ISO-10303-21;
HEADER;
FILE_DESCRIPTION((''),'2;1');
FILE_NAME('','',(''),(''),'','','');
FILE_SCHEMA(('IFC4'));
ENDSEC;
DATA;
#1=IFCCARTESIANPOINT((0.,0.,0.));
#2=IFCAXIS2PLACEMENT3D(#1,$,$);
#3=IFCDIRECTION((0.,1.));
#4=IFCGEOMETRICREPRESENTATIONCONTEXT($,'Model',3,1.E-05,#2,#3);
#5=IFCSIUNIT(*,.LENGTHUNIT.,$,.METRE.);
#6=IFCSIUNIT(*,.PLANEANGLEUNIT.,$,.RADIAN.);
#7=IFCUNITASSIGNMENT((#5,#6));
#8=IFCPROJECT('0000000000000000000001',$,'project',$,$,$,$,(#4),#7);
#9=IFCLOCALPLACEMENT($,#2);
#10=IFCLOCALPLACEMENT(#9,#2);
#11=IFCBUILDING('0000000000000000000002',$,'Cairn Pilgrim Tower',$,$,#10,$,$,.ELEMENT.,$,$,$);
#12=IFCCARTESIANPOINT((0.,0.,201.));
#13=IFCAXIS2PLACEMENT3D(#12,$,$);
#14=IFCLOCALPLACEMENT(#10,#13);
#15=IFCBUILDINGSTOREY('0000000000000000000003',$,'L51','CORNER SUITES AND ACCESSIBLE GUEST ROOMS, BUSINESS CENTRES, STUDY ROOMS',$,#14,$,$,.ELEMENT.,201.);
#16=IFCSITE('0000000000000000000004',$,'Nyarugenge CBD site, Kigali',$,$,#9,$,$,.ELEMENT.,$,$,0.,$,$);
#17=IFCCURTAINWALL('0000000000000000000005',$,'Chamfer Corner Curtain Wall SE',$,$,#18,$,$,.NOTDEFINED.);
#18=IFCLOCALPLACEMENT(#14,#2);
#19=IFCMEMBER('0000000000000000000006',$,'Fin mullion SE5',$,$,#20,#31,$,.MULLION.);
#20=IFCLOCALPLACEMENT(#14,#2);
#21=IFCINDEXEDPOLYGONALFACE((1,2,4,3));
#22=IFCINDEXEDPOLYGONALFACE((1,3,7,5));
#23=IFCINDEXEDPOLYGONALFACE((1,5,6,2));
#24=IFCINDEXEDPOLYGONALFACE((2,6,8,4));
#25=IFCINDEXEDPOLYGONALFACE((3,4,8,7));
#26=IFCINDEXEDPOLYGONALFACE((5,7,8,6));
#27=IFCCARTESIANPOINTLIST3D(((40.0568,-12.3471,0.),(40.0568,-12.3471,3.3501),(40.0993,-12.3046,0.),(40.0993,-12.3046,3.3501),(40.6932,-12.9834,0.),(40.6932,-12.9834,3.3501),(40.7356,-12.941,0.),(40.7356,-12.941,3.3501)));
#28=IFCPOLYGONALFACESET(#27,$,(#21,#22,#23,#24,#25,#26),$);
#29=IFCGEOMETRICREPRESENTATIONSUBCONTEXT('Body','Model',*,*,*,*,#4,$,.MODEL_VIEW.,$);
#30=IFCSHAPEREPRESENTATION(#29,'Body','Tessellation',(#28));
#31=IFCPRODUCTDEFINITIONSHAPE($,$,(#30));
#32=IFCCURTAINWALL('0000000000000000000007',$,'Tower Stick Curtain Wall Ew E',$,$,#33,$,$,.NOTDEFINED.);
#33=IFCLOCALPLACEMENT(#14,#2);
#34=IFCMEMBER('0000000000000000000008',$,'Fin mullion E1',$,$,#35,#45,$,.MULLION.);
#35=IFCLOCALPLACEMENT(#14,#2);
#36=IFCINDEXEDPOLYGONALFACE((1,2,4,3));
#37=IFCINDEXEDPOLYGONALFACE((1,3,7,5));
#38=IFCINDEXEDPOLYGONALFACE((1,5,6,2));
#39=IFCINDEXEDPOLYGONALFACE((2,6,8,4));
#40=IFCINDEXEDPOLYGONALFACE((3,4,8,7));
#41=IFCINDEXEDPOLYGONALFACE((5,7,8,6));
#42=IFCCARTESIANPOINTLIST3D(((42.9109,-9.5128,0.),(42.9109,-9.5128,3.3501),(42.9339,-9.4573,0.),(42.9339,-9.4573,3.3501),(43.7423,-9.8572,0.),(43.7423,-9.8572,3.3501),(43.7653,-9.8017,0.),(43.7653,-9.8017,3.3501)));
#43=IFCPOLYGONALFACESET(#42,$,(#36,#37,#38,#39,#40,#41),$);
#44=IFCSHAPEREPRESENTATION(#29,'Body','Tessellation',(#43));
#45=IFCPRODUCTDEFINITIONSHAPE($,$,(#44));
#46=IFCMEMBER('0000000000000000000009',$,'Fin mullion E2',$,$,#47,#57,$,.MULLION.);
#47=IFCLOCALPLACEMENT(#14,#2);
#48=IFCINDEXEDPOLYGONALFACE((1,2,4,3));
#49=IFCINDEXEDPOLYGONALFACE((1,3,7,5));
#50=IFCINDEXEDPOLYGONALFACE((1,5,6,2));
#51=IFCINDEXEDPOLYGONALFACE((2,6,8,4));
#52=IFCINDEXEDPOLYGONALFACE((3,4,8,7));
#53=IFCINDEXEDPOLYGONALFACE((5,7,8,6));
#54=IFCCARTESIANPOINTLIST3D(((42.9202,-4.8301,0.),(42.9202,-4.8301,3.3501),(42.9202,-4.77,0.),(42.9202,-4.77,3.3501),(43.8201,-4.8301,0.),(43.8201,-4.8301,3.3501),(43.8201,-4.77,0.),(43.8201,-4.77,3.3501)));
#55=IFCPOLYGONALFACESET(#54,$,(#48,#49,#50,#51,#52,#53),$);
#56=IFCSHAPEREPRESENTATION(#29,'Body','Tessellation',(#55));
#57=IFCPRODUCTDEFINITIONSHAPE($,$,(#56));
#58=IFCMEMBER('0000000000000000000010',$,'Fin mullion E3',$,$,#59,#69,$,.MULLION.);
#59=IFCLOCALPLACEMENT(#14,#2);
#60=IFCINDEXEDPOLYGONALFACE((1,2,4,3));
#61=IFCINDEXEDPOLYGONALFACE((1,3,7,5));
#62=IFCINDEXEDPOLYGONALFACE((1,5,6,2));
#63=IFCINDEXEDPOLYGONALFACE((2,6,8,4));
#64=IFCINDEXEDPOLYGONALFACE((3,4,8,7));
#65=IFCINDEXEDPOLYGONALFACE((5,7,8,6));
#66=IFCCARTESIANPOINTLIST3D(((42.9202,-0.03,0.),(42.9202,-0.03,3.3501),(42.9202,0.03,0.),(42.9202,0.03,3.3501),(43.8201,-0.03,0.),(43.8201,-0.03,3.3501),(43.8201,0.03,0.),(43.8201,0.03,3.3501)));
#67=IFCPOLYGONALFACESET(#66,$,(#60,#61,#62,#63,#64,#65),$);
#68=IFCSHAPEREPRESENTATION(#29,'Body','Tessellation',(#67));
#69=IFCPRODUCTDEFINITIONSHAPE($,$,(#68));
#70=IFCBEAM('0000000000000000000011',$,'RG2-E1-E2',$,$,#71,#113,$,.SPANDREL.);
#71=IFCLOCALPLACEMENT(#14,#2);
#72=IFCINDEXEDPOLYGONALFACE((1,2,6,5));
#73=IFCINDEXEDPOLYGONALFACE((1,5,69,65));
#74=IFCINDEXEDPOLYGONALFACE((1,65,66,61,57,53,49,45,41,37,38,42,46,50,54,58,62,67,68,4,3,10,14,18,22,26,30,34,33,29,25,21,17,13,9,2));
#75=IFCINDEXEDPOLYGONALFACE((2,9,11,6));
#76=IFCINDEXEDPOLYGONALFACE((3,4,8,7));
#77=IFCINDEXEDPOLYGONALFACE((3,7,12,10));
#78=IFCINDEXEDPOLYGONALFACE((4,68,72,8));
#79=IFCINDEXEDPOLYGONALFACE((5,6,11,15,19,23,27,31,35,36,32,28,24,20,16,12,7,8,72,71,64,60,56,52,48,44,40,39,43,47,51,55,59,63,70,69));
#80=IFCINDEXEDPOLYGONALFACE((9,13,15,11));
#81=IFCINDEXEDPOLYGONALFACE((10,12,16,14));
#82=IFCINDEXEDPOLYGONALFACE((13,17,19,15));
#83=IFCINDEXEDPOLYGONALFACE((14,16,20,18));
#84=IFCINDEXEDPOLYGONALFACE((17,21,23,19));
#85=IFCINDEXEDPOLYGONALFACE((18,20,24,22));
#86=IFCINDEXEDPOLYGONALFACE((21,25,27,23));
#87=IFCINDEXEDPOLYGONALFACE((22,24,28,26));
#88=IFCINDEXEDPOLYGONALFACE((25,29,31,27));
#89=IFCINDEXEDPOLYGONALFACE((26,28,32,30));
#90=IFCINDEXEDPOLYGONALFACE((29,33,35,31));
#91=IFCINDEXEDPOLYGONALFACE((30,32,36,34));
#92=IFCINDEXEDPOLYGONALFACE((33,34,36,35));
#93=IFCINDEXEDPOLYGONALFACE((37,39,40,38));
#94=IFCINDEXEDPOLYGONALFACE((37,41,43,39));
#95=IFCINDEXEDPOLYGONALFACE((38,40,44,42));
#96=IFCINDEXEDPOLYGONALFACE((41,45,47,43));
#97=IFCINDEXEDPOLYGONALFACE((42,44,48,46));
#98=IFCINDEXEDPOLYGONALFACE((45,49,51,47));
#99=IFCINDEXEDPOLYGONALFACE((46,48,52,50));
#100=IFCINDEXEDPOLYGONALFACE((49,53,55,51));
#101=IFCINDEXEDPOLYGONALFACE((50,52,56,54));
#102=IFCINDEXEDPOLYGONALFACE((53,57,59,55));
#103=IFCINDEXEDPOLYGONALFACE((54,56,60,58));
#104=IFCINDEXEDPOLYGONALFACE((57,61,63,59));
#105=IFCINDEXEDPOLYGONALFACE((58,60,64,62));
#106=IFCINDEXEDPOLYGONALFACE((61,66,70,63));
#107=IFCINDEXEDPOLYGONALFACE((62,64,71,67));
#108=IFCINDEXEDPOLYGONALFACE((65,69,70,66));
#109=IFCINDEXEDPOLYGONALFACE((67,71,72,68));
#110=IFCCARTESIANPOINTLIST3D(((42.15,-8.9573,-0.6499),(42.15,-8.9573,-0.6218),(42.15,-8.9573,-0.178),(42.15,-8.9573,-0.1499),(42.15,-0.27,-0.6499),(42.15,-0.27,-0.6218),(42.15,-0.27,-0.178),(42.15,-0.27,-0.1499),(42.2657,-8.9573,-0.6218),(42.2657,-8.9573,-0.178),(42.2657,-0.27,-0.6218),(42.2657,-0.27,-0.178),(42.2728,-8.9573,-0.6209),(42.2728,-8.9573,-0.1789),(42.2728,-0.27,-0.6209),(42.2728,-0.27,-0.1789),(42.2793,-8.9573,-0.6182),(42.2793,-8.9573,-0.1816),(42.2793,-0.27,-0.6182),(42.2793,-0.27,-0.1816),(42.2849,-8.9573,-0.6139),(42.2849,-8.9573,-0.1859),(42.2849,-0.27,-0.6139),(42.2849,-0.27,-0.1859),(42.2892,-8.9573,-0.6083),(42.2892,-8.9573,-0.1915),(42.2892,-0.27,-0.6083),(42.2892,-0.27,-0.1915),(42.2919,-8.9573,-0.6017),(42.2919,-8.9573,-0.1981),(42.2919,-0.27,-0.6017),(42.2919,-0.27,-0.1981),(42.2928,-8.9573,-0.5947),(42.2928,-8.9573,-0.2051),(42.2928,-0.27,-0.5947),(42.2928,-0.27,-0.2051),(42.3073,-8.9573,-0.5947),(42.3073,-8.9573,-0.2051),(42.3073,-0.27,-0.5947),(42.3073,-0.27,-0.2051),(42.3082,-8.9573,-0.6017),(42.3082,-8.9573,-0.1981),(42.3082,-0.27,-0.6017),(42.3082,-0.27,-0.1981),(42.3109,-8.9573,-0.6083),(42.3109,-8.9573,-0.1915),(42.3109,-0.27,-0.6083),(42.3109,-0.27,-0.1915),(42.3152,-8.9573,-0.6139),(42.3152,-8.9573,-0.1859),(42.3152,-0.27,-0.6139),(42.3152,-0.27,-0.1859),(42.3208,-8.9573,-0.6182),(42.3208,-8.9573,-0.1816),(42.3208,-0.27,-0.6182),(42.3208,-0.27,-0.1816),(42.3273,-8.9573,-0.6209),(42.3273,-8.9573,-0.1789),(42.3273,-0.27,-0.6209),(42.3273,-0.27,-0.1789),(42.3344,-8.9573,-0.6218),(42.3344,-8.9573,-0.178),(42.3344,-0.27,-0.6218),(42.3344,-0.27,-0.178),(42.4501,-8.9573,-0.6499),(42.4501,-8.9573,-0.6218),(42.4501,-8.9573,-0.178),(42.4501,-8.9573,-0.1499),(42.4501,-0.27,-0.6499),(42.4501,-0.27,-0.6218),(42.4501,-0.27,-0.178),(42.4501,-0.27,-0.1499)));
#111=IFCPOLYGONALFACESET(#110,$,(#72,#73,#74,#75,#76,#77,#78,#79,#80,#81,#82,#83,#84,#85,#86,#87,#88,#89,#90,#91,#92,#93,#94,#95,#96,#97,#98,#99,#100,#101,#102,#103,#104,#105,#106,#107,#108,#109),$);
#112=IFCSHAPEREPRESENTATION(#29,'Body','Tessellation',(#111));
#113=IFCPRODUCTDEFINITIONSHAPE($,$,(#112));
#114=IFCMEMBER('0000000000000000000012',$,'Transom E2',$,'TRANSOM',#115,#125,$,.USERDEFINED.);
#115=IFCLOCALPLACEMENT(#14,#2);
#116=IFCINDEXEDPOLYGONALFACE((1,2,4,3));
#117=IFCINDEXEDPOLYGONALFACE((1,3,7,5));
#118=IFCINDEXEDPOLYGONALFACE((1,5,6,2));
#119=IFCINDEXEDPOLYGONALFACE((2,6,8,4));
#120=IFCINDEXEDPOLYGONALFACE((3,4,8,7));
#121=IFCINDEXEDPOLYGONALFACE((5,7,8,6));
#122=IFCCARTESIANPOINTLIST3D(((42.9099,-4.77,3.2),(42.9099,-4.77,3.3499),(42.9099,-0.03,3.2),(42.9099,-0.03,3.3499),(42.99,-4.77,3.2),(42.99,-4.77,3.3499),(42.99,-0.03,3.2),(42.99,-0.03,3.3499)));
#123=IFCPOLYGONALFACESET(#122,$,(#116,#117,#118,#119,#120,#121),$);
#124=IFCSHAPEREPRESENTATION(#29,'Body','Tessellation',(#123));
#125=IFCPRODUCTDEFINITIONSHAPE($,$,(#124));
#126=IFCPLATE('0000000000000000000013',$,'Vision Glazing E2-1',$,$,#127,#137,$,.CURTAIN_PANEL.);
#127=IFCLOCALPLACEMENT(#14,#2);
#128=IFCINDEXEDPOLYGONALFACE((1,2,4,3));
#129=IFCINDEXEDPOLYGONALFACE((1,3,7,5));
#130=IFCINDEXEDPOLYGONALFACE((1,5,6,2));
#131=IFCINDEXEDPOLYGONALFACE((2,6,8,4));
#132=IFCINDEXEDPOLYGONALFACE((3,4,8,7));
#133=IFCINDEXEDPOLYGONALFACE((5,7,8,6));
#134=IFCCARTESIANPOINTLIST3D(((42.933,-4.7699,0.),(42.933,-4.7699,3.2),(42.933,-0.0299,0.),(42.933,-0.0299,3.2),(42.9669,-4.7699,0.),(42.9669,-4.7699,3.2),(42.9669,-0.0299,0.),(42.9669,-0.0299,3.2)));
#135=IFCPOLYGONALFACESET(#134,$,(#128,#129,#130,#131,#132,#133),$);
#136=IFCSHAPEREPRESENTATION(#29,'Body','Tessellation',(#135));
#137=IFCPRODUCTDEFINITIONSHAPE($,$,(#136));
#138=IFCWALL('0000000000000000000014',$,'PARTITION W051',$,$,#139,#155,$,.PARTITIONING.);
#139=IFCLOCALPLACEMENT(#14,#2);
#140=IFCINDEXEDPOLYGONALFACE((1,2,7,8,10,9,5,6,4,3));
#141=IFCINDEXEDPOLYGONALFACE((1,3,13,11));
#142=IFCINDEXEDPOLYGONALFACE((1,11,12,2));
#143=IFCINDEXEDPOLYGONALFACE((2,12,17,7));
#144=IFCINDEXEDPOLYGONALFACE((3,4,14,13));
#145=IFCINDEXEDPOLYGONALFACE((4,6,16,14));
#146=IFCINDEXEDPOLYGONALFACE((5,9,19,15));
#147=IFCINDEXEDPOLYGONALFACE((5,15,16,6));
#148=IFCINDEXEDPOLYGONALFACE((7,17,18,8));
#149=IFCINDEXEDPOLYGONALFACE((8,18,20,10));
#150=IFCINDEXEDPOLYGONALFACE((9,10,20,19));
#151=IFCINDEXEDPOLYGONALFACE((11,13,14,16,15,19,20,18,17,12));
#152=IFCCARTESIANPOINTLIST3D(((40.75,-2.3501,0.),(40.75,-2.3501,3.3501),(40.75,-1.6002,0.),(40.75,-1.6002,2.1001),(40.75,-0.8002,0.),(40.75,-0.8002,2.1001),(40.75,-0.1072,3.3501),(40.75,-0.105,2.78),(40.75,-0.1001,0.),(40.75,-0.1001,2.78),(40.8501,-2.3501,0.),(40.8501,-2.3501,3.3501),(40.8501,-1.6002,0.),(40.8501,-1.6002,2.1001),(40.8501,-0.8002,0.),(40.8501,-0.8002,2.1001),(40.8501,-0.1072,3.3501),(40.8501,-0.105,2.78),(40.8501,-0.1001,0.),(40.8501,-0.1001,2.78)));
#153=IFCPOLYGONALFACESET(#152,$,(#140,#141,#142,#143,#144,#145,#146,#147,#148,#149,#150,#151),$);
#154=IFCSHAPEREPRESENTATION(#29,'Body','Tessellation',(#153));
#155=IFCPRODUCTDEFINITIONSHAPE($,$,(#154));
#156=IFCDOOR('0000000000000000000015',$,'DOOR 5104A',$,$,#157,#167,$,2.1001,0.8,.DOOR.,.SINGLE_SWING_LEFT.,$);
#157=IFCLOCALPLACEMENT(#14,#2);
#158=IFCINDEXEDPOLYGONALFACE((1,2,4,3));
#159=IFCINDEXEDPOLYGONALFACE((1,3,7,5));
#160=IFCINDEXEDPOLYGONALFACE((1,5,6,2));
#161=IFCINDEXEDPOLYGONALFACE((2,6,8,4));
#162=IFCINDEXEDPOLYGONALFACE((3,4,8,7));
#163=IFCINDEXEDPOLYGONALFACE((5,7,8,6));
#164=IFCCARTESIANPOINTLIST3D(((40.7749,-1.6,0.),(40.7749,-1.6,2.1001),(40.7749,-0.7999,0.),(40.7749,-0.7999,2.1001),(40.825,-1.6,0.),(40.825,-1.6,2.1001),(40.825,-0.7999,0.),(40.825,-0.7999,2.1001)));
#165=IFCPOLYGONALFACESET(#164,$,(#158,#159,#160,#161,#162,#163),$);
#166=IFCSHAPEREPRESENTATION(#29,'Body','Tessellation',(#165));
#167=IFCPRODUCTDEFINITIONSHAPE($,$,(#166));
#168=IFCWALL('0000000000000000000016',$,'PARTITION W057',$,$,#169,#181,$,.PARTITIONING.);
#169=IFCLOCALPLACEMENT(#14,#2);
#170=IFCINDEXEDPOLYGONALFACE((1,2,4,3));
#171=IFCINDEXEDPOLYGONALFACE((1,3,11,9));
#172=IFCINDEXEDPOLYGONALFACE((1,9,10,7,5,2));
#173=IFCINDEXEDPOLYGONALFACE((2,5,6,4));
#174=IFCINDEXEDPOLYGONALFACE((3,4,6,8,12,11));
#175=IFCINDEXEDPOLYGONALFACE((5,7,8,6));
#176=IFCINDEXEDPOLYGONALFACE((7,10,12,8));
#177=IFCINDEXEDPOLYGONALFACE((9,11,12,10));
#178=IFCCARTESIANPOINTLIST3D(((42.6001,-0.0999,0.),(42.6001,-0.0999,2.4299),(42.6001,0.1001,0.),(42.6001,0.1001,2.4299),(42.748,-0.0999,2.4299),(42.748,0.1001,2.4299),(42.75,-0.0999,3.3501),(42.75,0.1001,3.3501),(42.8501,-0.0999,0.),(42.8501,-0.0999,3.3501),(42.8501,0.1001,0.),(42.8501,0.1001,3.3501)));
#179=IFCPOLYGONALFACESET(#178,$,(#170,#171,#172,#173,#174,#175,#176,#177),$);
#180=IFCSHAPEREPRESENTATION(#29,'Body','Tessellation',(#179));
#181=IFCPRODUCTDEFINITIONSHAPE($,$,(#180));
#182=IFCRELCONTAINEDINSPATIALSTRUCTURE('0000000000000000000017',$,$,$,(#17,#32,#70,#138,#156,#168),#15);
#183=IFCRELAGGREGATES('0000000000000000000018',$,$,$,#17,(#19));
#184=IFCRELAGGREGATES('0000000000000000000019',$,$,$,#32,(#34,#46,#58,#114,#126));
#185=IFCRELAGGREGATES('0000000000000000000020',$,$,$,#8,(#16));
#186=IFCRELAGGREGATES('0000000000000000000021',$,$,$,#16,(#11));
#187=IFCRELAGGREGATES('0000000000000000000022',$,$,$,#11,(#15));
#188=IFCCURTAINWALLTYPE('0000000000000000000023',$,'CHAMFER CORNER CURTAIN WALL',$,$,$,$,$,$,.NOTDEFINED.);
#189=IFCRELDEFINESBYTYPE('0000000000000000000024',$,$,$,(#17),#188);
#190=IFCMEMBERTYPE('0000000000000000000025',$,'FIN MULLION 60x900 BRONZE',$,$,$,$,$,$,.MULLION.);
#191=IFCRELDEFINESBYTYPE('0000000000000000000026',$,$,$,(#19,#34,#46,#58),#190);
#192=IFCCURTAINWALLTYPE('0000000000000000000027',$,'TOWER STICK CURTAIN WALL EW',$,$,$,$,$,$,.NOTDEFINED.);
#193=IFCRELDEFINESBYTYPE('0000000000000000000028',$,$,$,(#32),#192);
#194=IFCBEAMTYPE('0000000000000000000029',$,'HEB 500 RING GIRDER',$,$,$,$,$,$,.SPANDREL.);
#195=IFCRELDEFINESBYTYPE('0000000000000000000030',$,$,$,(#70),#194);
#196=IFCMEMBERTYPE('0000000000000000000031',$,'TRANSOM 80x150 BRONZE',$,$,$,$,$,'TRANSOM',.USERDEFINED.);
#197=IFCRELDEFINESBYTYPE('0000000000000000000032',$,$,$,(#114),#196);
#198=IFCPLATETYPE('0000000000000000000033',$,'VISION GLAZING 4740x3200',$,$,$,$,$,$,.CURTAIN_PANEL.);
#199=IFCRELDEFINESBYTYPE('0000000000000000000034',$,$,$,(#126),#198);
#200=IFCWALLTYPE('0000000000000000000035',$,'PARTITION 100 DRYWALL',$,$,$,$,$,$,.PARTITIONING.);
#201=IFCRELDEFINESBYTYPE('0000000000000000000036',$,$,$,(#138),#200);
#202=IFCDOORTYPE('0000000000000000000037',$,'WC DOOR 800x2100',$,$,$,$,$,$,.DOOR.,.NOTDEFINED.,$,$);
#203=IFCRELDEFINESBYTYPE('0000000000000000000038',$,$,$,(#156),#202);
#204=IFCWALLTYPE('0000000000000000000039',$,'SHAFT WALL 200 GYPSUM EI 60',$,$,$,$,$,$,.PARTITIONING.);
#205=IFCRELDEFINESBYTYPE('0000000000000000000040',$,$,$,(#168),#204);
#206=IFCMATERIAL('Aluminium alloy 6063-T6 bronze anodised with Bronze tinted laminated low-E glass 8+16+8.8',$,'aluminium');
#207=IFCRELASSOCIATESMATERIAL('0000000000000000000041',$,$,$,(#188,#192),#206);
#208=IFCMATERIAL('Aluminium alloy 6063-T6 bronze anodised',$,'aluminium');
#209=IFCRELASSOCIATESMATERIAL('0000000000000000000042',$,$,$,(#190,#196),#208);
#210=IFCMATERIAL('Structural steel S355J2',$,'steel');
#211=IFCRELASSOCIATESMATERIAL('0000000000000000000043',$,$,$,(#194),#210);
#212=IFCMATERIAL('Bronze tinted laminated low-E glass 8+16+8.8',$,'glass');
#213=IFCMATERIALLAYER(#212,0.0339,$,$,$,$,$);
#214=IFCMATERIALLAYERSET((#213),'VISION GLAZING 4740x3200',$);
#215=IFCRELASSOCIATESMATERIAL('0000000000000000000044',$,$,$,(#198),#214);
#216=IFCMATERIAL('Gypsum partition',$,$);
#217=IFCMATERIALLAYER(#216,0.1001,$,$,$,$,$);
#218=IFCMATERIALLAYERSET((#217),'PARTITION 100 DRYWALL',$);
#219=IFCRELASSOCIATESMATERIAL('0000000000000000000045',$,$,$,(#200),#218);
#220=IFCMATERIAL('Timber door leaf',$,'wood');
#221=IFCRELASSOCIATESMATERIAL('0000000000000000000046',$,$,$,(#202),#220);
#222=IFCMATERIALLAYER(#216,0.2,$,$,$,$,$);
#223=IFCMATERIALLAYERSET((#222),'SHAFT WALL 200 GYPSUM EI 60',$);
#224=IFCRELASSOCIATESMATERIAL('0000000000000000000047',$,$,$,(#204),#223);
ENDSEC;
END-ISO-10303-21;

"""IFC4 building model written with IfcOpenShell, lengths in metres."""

from ifc_helpers import new_model, si_unit, direction, frame, frame_2d, origin, origin_2d, place, context, subcontext, project, spatial, polyline, rectangle, i_section, outline, extrude, material, layer, layer_set, material_profile, profile_set, type_object, element, fill, aggregate, save


model = new_model("IFC4")

# Units and contexts
model_context = context("Model", 3, precision=1e-05, world=origin(), true_north=direction((0.0, 1.0)))
body_context = subcontext(model_context, "Body", "Model", "MODEL_VIEW")
ifc_project = project(units=[si_unit("LENGTHUNIT", "METRE"), si_unit("PLANEANGLEUNIT", "RADIAN")], contexts=[model_context])

# Site, building, storey
site_placement = place(None, origin())
site = spatial("IfcSite", under=ifc_project, at=site_placement, Name="Nyarugenge CBD site, Kigali", CompositionType="ELEMENT", RefElevation=0.0)
building_placement = place(site_placement, origin())
building = spatial("IfcBuilding", under=site, at=building_placement, Name="Cairn Pilgrim Tower", CompositionType="ELEMENT")
storey_placement = place(building_placement, frame((0.0, 0.0, 201.0)))
storey = spatial("IfcBuildingStorey", under=building, at=storey_placement, Name="L51", Description="CORNER SUITES AND ACCESSIBLE GUEST ROOMS, BUSINESS CENTRES, STUDY ROOMS", CompositionType="ELEMENT", Elevation=201.0)

# Curtain wall, member
ifc_material_1 = material(Name="Aluminium alloy 6063-T6 bronze anodised with Bronze tinted laminated low-E glass 8+16+8.8", Category="aluminium")
curtain_wall_type_1 = type_object("IfcCurtainWallType", Name="CHAMFER CORNER CURTAIN WALL", PredefinedType="NOTDEFINED", material=ifc_material_1)
curtain_wall_1_placement = place(storey_placement, origin())
curtain_wall_1 = element("IfcCurtainWall", 1, at=curtain_wall_1_placement, inside=storey, type_object=curtain_wall_type_1, Name="Chamfer Corner Curtain Wall SE", PredefinedType="NOTDEFINED")
ifc_material_2 = material(Name="Aluminium alloy 6063-T6 bronze anodised", Category="aluminium")
ifc_material_profile_1 = material_profile(ifc_material_2, rectangle(XDim=0.8999, YDim=0.0601, at=origin_2d()), Name="FIN MULLION 60x900 BRONZE")
ifc_profile_set_1 = profile_set([ifc_material_profile_1], Name="Aluminium alloy 6063-T6 bronze anodised")
member_type_1 = type_object("IfcMemberType", Name="FIN MULLION 60x900 BRONZE", PredefinedType="MULLION", material=ifc_profile_set_1)
member_1_placement = place(storey_placement, frame((40.3962, -12.644, 0.0), z_axis=(0.0, 0.0, 1.0), x_axis=(0.707107, -0.707107, 0.0)))
member_1 = element("IfcMember", 2, at=member_1_placement, type_object=member_type_1, Name="Fin mullion SE5", PredefinedType="MULLION", context=body_context, shape_type="SweptSolid", body=[
    extrude(rectangle(XDim=0.8999, YDim=0.0601, at=origin_2d()), origin(), (0.0, 0.0, 1.0), 3.3501),
])
aggregate(curtain_wall_1, [member_1])

# Curtain wall, members
curtain_wall_type_2 = type_object("IfcCurtainWallType", Name="TOWER STICK CURTAIN WALL EW", PredefinedType="NOTDEFINED", material=ifc_material_1)
curtain_wall_2_placement = place(storey_placement, origin())
curtain_wall_2 = element("IfcCurtainWall", 3, at=curtain_wall_2_placement, inside=storey, type_object=curtain_wall_type_2, Name="Tower Stick Curtain Wall Ew E", PredefinedType="NOTDEFINED")
member_2_placement = place(storey_placement, frame((43.3381, -9.6572, 0.0), z_axis=(0.0, 0.0, 1.0), x_axis=(0.92388, -0.382683, 0.0)))
member_2 = element("IfcMember", 4, at=member_2_placement, type_object=member_type_1, Name="Fin mullion E1", PredefinedType="MULLION", context=body_context, shape_type="SweptSolid", body=[
    extrude(rectangle(XDim=0.8999, YDim=0.0601, at=origin_2d()), origin(), (0.0, 0.0, 1.0), 3.3501),
])
member_3_placement = place(storey_placement, frame((43.3701, -4.8, 0.0), z_axis=(0.0, 0.0, 1.0), x_axis=(1.0, 0.0, 0.0)))
member_3 = element("IfcMember", 5, at=member_3_placement, type_object=member_type_1, Name="Fin mullion E2", PredefinedType="MULLION", context=body_context, shape_type="SweptSolid", body=[
    extrude(rectangle(XDim=0.8999, YDim=0.0601, at=origin_2d()), origin(), (0.0, 0.0, 1.0), 3.3501),
])
member_4_placement = place(storey_placement, frame((43.3701, 0.0, 0.0), z_axis=(0.0, 0.0, 1.0), x_axis=(1.0, 0.0, 0.0)))
member_4 = element("IfcMember", 6, at=member_4_placement, type_object=member_type_1, Name="Fin mullion E3", PredefinedType="MULLION", context=body_context, shape_type="SweptSolid", body=[
    extrude(rectangle(XDim=0.8999, YDim=0.0601, at=origin_2d()), origin(), (0.0, 0.0, 1.0), 3.3501),
])

# Beam
ifc_material_3 = material(Name="Structural steel S355J2", Category="steel")
ifc_material_profile_2 = material_profile(ifc_material_3, i_section(OverallWidth=0.3, OverallDepth=0.5, WebThickness=0.0144, FlangeThickness=0.0281, FilletRadius=0.0271, at=origin_2d()), Name="HEB 500")
ifc_profile_set_2 = profile_set([ifc_material_profile_2], Name="Structural steel S355J2")
beam_type = type_object("IfcBeamType", Name="HEB 500 RING GIRDER", PredefinedType="SPANDREL", material=ifc_profile_set_2)
beam_placement = place(storey_placement, frame((42.3, -8.9573, -0.3999), z_axis=(0.0, 1.0, 0.0), x_axis=(-1.0, 0.0, 0.0)))
element("IfcBeam", 7, at=beam_placement, inside=storey, type_object=beam_type, Name="RG2-E1-E2", PredefinedType="SPANDREL", context=body_context, shape_type="SweptSolid", body=[
    extrude(i_section(OverallWidth=0.3, OverallDepth=0.5, WebThickness=0.0144, FlangeThickness=0.0281, FilletRadius=0.0271, at=origin_2d()), origin(), (0.0, 0.0, 1.0), 8.6873),
])

# Member
ifc_material_profile_3 = material_profile(ifc_material_2, rectangle(XDim=0.0801, YDim=0.1499, at=origin_2d()), Name="TRANSOM 80x150 BRONZE")
ifc_profile_set_3 = profile_set([ifc_material_profile_3], Name="Aluminium alloy 6063-T6 bronze anodised")
member_type_2 = type_object("IfcMemberType", Name="TRANSOM 80x150 BRONZE", ElementType="TRANSOM", PredefinedType="USERDEFINED", material=ifc_profile_set_3)
member_5_placement = place(storey_placement, frame((42.95, -4.77, 3.2749), z_axis=(0.0, 1.0, 0.0), x_axis=(-1.0, 0.0, 0.0)))
member_5 = element("IfcMember", 8, at=member_5_placement, type_object=member_type_2, Name="Transom E2", ObjectType="TRANSOM", PredefinedType="USERDEFINED", context=body_context, shape_type="SweptSolid", body=[
    extrude(rectangle(XDim=0.0801, YDim=0.1499, at=origin_2d()), origin(), (0.0, 0.0, 1.0), 4.74),
])

# Plate
ifc_material_4 = material(Name="Bronze tinted laminated low-E glass 8+16+8.8", Category="glass")
ifc_layer_1 = layer(ifc_material_4, 0.0339)
ifc_layer_set_1 = layer_set([ifc_layer_1], Name="VISION GLAZING 4740x3200")
plate_type = type_object("IfcPlateType", Name="VISION GLAZING 4740x3200", PredefinedType="CURTAIN_PANEL", material=ifc_layer_set_1)
plate_placement = place(storey_placement, frame((42.95, -2.3999, 0.0), z_axis=(0.0, 0.0, 1.0), x_axis=(0.0, 1.0, 0.0)))
plate = element("IfcPlate", 9, at=plate_placement, type_object=plate_type, Name="Vision Glazing E2-1", PredefinedType="CURTAIN_PANEL", context=body_context, shape_type="SweptSolid", body=[
    extrude(rectangle(XDim=4.74, YDim=0.0339, at=origin_2d()), origin(), (0.0, 0.0, 1.0), 3.2),
])
aggregate(curtain_wall_2, [member_2, member_3, member_4, member_5, plate])

# Wall, opening, door
ifc_material_5 = material(Name="Gypsum partition")
ifc_layer_2 = layer(ifc_material_5, 0.1001)
ifc_layer_set_2 = layer_set([ifc_layer_2], Name="PARTITION 100 DRYWALL")
wall_type_1 = type_object("IfcWallType", Name="PARTITION 100 DRYWALL", PredefinedType="PARTITIONING", material=ifc_layer_set_2)
wall_1_placement = place(storey_placement, frame((40.8, -2.3501, 0.0), z_axis=(0.0, 0.0, 1.0), x_axis=(0.0, 1.0, 0.0)))
wall_1 = element("IfcWall", 10, at=wall_1_placement, inside=storey, type_object=wall_type_1, Name="PARTITION W051", PredefinedType="PARTITIONING", context=body_context, shape_type="SweptSolid", body=[
    extrude(outline(polyline([(0.0, 0.0), (2.25, 0.0), (2.25, 2.78), (2.2451, 2.78), (2.2429, 3.3501), (0.0, 3.3501), (0.0, 0.0)])), frame((0.0, 0.05, 0.0), z_axis=(0.0, -1.0, 0.0), x_axis=(1.0, 0.0, 0.0)), (0.0, 0.0, 1.0), 0.1001),
])
opening_1_placement = place(wall_1_placement, frame((0.75, 0.0, 0.0)))
opening_1 = element("IfcOpeningElement", 11, at=opening_1_placement, cuts=wall_1, PredefinedType="OPENING", context=body_context, shape_type="SweptSolid", body=[
    extrude(rectangle(XDim=0.8, YDim=2.1001, at=frame_2d((0.3999, 1.05))), frame((0.0, 0.0601, 0.0), z_axis=(0.0, -1.0, 0.0), x_axis=(1.0, 0.0, 0.0)), (0.0, 0.0, 1.0), 0.1201),
])
ifc_material_6 = material(Name="Timber door leaf", Category="wood")
door_type_1 = type_object("IfcDoorType", Name="WC DOOR 800x2100", OperationType="NOTDEFINED", PredefinedType="DOOR", material=ifc_material_6)
door_1_placement = place(opening_1_placement, frame((0.8, 0.0, 0.0), z_axis=(0.0, 0.0, 1.0), x_axis=(-1.0, 0.0, 0.0)))
door_1 = element("IfcDoor", 12, at=door_1_placement, inside=storey, type_object=door_type_1, Name="DOOR 5104A", OperationType="SINGLE_SWING_LEFT", OverallHeight=2.1001, OverallWidth=0.8, PredefinedType="DOOR", context=body_context, shape_type="SweptSolid", body=[
    extrude(rectangle(XDim=0.8, YDim=2.1001, at=frame_2d((0.3999, 1.05))), frame((0.0, 0.0249, 0.0), z_axis=(0.0, -1.0, 0.0), x_axis=(1.0, 0.0, 0.0)), (0.0, 0.0, 1.0), 0.05),
])
fill(opening_1, door_1)

# Wall
ifc_layer_3 = layer(ifc_material_5, 0.2)
ifc_layer_set_3 = layer_set([ifc_layer_3], Name="SHAFT WALL 200 GYPSUM EI 60")
wall_type_2 = type_object("IfcWallType", Name="SHAFT WALL 200 GYPSUM EI 60", PredefinedType="PARTITIONING", material=ifc_layer_set_3)
wall_2_placement = place(storey_placement, frame((42.6001, 0.0, 0.0), z_axis=(0.0, 0.0, 1.0), x_axis=(1.0, 0.0, 0.0)))
element("IfcWall", 13, at=wall_2_placement, inside=storey, type_object=wall_type_2, Name="PARTITION W057", PredefinedType="PARTITIONING", context=body_context, shape_type="SweptSolid", body=[
    extrude(outline(polyline([(0.0, 0.0), (0.25, 0.0), (0.25, 3.3501), (0.1499, 3.3501), (0.1479, 2.4299), (0.0, 2.4299), (0.0, 0.0)])), frame((0.0, 0.1001, 0.0), z_axis=(0.0, -1.0, 0.0), x_axis=(1.0, 0.0, 0.0)), (0.0, 0.0, 1.0), 0.2),
])

save(model, "model.ifc")
